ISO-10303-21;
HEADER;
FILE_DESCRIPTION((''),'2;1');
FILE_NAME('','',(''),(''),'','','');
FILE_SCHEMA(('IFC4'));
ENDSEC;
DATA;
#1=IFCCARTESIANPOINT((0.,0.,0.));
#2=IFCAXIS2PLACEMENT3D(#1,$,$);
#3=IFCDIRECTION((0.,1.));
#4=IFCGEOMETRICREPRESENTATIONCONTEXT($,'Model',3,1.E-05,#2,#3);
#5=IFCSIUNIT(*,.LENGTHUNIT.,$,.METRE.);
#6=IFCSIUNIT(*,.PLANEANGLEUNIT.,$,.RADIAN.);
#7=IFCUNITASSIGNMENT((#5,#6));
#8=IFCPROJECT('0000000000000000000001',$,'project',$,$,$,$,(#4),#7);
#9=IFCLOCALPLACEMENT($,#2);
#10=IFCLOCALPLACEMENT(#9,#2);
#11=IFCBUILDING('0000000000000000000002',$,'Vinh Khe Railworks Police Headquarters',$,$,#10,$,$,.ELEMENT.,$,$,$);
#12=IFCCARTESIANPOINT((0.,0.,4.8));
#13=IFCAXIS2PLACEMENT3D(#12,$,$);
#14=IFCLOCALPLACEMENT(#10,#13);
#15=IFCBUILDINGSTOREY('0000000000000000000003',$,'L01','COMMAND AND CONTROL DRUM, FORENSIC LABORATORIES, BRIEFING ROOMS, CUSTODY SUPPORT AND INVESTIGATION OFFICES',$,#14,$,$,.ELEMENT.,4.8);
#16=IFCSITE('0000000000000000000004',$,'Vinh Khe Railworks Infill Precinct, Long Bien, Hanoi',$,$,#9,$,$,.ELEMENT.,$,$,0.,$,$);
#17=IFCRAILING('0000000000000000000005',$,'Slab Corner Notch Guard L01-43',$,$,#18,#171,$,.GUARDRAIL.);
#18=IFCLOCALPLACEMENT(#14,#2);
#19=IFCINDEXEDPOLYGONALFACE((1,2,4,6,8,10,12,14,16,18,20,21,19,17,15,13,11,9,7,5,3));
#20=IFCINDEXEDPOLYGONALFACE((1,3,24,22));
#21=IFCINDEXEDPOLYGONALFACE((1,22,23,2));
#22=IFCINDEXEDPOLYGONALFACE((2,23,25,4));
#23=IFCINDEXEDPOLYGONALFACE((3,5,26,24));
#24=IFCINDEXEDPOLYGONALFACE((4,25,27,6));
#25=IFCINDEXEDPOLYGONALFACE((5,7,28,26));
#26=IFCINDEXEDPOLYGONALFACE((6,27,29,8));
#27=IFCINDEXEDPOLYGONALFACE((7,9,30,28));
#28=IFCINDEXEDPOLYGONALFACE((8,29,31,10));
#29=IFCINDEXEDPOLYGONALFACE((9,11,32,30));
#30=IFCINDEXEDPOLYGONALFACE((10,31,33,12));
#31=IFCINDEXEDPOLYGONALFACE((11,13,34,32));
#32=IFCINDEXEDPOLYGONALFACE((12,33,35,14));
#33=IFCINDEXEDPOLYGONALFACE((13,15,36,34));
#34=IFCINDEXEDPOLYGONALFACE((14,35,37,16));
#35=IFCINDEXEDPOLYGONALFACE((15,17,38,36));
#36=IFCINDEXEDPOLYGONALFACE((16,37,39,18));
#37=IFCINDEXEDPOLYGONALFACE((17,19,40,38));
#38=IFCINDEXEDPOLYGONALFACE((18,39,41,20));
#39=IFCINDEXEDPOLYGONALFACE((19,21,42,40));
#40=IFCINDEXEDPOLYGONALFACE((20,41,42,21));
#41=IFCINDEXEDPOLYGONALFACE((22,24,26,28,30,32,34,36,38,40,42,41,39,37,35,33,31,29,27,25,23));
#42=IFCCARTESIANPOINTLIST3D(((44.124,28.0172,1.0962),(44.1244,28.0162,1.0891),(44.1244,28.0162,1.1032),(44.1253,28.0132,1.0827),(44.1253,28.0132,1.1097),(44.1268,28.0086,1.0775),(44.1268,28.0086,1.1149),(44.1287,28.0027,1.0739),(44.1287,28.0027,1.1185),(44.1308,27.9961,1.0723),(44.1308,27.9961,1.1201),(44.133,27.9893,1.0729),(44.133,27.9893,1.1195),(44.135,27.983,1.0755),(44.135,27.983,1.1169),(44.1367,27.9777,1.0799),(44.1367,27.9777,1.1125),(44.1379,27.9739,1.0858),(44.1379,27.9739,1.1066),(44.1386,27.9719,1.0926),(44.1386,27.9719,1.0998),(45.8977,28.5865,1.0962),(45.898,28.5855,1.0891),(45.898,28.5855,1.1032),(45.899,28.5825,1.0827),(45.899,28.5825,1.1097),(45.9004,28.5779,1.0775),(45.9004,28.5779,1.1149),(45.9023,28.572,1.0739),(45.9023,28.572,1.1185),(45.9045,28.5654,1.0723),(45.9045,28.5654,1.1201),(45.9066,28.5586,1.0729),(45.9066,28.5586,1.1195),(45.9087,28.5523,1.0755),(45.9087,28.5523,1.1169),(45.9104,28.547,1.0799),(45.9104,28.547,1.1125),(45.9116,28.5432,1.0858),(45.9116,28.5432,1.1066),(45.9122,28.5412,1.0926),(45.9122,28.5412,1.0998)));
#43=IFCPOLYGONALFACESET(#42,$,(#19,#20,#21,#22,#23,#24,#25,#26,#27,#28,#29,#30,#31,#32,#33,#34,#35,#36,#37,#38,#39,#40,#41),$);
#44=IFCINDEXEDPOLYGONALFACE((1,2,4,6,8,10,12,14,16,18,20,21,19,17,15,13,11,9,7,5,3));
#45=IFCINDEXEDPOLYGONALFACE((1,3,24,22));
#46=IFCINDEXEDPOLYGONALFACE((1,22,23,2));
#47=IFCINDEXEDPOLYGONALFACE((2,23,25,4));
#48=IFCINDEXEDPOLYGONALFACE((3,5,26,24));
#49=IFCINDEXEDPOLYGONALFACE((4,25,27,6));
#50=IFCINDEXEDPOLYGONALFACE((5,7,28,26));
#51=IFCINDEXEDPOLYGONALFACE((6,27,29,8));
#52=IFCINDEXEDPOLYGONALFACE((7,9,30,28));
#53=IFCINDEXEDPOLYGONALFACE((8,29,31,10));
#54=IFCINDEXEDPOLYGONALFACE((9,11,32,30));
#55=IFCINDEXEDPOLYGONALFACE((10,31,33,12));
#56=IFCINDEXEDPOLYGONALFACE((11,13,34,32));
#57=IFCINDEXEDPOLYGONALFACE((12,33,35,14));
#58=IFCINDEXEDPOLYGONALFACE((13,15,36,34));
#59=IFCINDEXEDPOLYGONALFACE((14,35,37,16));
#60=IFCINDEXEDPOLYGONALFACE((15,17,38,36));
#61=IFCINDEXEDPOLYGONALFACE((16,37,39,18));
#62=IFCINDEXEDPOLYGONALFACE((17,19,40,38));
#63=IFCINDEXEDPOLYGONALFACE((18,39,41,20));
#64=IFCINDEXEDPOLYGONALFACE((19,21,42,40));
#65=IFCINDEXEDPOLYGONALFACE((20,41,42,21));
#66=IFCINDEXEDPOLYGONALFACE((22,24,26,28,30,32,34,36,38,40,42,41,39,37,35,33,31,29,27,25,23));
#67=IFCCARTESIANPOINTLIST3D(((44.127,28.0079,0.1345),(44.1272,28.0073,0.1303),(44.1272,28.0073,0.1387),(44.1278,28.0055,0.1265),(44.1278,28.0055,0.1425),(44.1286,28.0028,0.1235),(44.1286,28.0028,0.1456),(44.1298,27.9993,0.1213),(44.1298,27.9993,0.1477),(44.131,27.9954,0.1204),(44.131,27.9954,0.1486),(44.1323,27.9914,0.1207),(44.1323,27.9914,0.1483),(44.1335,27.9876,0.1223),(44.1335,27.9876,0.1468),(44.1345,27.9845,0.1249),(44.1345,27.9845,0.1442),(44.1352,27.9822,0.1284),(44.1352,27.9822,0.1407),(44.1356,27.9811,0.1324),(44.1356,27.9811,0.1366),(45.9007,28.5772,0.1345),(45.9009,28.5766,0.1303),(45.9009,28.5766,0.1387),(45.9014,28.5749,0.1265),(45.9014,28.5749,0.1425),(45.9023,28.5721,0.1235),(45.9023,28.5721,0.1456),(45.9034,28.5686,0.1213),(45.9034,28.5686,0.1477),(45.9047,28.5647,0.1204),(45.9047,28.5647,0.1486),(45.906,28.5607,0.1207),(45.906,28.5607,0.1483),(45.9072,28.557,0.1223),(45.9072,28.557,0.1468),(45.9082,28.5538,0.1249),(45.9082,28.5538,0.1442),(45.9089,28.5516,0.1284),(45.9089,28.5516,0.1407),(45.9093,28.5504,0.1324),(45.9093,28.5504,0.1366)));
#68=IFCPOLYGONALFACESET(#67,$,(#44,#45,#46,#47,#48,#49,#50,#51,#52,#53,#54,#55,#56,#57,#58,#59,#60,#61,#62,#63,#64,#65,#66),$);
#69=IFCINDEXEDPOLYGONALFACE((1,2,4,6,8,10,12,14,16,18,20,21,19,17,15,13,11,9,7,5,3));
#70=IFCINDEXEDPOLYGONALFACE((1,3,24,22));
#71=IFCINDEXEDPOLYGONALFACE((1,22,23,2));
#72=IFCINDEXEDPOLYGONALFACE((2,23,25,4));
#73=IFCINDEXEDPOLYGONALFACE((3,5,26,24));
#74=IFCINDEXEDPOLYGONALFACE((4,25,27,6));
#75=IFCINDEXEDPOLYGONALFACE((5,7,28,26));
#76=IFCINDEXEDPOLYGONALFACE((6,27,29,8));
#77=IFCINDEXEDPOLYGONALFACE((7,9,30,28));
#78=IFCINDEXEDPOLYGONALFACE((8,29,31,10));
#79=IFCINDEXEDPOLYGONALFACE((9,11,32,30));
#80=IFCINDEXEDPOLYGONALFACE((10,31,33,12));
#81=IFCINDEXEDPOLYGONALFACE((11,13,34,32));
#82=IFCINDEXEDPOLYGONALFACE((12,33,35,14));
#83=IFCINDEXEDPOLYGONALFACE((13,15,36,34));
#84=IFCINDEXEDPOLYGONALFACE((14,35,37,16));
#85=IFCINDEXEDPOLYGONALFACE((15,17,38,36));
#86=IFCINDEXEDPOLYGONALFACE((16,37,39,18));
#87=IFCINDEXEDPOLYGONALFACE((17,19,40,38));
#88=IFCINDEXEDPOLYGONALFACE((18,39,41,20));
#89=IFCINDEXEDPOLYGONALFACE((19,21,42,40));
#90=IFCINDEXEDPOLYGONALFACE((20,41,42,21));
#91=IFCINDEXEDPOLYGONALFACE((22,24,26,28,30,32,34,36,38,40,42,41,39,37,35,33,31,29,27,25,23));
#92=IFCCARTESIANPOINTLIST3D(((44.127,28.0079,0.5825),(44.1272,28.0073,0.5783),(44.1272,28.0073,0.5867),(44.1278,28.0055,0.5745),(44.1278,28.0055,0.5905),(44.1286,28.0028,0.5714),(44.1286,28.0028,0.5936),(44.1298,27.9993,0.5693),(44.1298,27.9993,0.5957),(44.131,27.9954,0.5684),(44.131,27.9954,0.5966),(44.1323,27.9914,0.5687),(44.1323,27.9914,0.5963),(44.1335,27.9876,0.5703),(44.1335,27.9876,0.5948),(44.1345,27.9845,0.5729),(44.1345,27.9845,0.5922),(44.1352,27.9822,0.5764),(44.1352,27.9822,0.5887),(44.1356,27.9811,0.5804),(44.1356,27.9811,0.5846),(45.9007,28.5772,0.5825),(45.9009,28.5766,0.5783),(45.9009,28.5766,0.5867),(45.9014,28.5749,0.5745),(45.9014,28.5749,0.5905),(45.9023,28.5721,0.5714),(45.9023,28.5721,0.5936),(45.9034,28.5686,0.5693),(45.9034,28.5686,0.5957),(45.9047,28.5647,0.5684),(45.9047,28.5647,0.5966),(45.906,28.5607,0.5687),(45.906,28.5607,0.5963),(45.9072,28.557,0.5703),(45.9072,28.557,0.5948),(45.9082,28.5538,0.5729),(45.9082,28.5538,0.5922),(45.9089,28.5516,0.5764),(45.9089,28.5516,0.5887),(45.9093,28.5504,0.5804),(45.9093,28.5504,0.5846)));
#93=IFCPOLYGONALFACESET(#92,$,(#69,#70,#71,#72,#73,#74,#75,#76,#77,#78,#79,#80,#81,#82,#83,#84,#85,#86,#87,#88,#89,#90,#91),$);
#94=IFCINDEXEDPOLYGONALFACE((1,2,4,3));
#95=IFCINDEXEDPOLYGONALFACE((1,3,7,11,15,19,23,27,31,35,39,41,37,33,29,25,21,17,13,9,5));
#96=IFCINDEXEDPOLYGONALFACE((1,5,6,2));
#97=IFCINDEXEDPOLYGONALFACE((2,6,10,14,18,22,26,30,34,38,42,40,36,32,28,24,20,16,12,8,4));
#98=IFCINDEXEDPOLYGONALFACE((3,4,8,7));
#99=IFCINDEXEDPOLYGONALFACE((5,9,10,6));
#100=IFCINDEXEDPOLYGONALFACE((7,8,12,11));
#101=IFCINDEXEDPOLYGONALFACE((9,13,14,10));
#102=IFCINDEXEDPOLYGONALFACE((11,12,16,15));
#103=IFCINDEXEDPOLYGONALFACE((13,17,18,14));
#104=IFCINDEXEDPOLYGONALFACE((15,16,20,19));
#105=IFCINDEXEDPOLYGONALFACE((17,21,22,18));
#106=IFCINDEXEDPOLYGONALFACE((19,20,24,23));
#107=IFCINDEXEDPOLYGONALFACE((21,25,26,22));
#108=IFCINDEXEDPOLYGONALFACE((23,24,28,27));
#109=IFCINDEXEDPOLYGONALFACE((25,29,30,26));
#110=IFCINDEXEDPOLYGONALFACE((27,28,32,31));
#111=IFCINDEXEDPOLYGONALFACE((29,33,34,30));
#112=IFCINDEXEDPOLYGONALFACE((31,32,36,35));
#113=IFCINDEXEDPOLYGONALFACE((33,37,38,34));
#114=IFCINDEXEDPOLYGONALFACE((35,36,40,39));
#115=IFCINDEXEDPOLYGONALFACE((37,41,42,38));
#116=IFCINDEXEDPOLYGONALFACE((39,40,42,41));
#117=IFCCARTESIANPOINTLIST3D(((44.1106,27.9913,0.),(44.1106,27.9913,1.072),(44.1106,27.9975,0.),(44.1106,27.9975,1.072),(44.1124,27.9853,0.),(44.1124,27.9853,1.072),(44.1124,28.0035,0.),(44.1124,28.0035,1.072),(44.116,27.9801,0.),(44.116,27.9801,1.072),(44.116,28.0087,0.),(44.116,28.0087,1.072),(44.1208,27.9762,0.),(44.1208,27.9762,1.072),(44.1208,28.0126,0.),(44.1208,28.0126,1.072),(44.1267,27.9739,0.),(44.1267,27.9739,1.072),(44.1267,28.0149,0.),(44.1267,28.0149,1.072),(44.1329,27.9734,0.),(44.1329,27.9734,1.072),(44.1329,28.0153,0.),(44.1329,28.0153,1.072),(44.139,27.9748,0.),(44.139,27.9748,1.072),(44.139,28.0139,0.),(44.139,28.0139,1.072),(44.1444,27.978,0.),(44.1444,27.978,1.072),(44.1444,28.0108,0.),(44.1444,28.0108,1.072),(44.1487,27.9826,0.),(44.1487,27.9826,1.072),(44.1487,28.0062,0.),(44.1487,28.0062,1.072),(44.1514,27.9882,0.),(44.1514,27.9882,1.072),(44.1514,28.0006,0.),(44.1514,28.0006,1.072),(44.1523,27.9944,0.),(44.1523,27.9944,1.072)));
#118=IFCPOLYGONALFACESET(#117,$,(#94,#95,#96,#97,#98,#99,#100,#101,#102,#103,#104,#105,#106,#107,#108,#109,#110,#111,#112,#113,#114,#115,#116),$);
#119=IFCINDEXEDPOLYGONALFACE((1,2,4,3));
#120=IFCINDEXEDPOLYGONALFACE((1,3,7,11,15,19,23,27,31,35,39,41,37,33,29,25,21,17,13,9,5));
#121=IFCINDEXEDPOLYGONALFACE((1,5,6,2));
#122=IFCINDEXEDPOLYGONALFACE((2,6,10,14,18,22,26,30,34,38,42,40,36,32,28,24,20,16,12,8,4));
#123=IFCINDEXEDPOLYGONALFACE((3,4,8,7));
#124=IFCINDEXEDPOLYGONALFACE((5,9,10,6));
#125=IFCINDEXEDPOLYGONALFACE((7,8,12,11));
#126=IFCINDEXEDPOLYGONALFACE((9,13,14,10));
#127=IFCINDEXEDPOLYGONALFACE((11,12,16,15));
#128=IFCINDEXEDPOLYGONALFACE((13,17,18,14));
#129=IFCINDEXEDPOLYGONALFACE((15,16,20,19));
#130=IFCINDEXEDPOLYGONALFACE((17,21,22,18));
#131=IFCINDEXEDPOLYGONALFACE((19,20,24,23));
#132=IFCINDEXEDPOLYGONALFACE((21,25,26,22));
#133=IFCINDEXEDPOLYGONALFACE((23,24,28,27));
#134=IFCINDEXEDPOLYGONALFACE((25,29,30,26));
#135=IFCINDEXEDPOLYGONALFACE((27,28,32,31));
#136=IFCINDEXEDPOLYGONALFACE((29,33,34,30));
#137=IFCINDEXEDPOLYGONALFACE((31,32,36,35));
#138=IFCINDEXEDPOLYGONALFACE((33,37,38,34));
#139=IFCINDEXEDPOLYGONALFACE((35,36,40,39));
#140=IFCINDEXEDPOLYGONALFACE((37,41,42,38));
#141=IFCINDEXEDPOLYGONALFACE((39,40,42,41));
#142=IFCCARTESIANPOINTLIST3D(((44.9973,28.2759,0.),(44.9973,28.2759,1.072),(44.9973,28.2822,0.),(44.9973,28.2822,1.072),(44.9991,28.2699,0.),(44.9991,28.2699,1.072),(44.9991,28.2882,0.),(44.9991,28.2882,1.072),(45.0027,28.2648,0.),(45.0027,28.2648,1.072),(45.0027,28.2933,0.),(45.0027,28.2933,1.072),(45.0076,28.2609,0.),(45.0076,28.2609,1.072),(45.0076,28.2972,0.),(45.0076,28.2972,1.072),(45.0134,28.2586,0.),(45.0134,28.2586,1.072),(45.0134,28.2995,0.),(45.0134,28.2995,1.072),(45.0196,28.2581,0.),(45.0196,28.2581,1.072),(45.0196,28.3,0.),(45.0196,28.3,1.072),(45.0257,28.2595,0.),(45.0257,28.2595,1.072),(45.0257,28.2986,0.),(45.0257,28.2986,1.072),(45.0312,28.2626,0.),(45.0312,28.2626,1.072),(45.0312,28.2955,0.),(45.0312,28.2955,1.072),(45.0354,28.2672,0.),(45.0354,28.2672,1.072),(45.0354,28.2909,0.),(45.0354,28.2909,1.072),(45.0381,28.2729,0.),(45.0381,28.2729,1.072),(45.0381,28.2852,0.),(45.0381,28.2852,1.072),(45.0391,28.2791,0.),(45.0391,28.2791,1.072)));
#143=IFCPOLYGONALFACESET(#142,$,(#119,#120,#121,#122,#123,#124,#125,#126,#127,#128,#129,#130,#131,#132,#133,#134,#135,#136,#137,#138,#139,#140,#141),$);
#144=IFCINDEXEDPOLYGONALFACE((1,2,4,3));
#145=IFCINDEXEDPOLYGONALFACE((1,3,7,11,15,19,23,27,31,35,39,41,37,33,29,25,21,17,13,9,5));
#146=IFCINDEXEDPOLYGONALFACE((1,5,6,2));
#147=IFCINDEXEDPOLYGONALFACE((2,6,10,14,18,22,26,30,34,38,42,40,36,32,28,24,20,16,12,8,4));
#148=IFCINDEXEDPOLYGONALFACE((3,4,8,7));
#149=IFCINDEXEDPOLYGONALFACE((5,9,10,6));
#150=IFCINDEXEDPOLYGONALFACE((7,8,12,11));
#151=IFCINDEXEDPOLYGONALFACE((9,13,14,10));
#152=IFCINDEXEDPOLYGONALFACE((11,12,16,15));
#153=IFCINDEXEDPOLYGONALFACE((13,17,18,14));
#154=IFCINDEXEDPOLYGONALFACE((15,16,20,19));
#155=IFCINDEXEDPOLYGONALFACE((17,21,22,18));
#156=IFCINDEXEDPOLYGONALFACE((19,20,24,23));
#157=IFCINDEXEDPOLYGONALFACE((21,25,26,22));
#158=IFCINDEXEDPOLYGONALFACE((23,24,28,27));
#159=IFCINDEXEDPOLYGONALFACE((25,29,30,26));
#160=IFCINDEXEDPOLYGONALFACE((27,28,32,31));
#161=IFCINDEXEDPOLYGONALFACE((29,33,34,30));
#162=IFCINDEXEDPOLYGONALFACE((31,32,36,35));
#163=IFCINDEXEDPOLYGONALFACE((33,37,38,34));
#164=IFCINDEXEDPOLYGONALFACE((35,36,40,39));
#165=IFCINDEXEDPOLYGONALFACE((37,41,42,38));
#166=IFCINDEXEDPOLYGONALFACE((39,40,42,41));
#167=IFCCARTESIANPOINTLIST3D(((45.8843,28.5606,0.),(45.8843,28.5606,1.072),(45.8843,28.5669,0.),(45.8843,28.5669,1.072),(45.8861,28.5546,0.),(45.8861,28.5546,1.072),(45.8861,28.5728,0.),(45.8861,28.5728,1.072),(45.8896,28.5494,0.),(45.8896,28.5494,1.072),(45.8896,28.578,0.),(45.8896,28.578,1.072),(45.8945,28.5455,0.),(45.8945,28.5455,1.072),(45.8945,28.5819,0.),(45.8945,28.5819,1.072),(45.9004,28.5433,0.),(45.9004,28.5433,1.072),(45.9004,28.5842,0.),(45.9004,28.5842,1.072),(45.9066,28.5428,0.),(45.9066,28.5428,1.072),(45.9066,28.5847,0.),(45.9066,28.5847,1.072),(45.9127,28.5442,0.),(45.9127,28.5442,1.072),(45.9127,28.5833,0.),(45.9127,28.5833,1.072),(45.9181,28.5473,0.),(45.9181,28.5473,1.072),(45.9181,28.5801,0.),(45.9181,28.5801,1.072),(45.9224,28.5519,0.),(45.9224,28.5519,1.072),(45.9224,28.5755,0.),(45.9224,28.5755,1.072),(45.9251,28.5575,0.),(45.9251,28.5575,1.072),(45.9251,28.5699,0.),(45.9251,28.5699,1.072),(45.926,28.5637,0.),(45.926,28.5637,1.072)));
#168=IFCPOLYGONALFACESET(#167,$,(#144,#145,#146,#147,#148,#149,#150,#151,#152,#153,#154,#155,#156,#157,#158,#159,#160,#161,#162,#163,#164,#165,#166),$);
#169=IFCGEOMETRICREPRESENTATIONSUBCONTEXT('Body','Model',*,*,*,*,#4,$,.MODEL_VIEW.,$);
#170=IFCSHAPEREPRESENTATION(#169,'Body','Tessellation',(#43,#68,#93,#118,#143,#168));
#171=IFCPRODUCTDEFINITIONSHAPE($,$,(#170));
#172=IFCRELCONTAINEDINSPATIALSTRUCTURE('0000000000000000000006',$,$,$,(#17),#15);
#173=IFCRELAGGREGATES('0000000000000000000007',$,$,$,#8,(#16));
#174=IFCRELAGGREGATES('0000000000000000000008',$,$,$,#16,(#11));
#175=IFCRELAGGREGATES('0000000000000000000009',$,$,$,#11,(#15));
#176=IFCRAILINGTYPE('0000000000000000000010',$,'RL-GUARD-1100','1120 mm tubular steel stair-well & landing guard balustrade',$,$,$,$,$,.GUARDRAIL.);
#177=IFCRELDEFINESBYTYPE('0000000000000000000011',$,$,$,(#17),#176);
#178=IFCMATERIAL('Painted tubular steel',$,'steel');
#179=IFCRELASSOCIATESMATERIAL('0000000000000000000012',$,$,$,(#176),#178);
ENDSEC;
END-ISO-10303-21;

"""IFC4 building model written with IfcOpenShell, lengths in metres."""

from ifc_helpers import new_model, si_unit, direction, frame, origin, origin_2d, place, context, subcontext, project, spatial, circle, extrude, material, type_object, element, save


model = new_model("IFC4")

# Units and contexts
model_context = context("Model", 3, precision=1e-05, world=origin(), true_north=direction((0.0, 1.0)))
body_context = subcontext(model_context, "Body", "Model", "MODEL_VIEW")
ifc_project = project(units=[si_unit("LENGTHUNIT", "METRE"), si_unit("PLANEANGLEUNIT", "RADIAN")], contexts=[model_context])

# Site, building, storey
site_placement = place(None, origin())
site = spatial("IfcSite", under=ifc_project, at=site_placement, Name="Vinh Khe Railworks Infill Precinct, Long Bien, Hanoi", CompositionType="ELEMENT", RefElevation=0.0)
building_placement = place(site_placement, origin())
building = spatial("IfcBuilding", under=site, at=building_placement, Name="Vinh Khe Railworks Police Headquarters", CompositionType="ELEMENT")
storey_placement = place(building_placement, frame((0.0, 0.0, 4.8)))
storey = spatial("IfcBuildingStorey", under=building, at=storey_placement, Name="L01", Description="COMMAND AND CONTROL DRUM, FORENSIC LABORATORIES, BRIEFING ROOMS, CUSTODY SUPPORT AND INVESTIGATION OFFICES", CompositionType="ELEMENT", Elevation=4.8)

# Railing
ifc_material_1 = material(Name="Painted tubular steel", Category="steel")
railing_type_1 = type_object("IfcRailingType", Name="RL-GUARD-1100", Description="1120 mm tubular steel stair-well & landing guard balustrade", PredefinedType="GUARDRAIL", material=ifc_material_1)
railing_1_placement = place(storey_placement, frame((44.1313, 27.9944, 0.0)))
element("IfcRailing", 1, at=railing_1_placement, inside=storey, type_object=railing_type_1, Name="Slab Corner Notch Guard L01-43", PredefinedType="GUARDRAIL", context=body_context, shape_type="SweptSolid", body=[
    extrude(circle(Radius=0.0239, at=origin_2d()), frame((0.0, 0.0, 1.0962), z_axis=(0.95215, 0.305632, 0.0), x_axis=(-0.305632, 0.95215, 0.0)), (0.0, 0.0, 1.0), 1.8628),
    extrude(circle(Radius=0.0142, at=origin_2d()), frame((0.0, 0.0, 0.1345), z_axis=(0.95215, 0.305632, 0.0), x_axis=(-0.305632, 0.95215, 0.0)), (0.0, 0.0, 1.0), 1.8628),
    extrude(circle(Radius=0.0142, at=origin_2d()), frame((0.0, 0.0, 0.5825), z_axis=(0.95215, 0.305632, 0.0), x_axis=(-0.305632, 0.95215, 0.0)), (0.0, 0.0, 1.0), 1.8628),
    extrude(circle(Radius=0.021, at=origin_2d()), origin(), (0.0, 0.0, 1.0), 1.072),
    extrude(circle(Radius=0.021, at=origin_2d()), frame((0.8867, 0.2847, 0.0)), (0.0, 0.0, 1.0), 1.072),
    extrude(circle(Radius=0.021, at=origin_2d()), frame((1.7737, 0.5693, 0.0)), (0.0, 0.0, 1.0), 1.072),
])

save(model, "model.ifc")
